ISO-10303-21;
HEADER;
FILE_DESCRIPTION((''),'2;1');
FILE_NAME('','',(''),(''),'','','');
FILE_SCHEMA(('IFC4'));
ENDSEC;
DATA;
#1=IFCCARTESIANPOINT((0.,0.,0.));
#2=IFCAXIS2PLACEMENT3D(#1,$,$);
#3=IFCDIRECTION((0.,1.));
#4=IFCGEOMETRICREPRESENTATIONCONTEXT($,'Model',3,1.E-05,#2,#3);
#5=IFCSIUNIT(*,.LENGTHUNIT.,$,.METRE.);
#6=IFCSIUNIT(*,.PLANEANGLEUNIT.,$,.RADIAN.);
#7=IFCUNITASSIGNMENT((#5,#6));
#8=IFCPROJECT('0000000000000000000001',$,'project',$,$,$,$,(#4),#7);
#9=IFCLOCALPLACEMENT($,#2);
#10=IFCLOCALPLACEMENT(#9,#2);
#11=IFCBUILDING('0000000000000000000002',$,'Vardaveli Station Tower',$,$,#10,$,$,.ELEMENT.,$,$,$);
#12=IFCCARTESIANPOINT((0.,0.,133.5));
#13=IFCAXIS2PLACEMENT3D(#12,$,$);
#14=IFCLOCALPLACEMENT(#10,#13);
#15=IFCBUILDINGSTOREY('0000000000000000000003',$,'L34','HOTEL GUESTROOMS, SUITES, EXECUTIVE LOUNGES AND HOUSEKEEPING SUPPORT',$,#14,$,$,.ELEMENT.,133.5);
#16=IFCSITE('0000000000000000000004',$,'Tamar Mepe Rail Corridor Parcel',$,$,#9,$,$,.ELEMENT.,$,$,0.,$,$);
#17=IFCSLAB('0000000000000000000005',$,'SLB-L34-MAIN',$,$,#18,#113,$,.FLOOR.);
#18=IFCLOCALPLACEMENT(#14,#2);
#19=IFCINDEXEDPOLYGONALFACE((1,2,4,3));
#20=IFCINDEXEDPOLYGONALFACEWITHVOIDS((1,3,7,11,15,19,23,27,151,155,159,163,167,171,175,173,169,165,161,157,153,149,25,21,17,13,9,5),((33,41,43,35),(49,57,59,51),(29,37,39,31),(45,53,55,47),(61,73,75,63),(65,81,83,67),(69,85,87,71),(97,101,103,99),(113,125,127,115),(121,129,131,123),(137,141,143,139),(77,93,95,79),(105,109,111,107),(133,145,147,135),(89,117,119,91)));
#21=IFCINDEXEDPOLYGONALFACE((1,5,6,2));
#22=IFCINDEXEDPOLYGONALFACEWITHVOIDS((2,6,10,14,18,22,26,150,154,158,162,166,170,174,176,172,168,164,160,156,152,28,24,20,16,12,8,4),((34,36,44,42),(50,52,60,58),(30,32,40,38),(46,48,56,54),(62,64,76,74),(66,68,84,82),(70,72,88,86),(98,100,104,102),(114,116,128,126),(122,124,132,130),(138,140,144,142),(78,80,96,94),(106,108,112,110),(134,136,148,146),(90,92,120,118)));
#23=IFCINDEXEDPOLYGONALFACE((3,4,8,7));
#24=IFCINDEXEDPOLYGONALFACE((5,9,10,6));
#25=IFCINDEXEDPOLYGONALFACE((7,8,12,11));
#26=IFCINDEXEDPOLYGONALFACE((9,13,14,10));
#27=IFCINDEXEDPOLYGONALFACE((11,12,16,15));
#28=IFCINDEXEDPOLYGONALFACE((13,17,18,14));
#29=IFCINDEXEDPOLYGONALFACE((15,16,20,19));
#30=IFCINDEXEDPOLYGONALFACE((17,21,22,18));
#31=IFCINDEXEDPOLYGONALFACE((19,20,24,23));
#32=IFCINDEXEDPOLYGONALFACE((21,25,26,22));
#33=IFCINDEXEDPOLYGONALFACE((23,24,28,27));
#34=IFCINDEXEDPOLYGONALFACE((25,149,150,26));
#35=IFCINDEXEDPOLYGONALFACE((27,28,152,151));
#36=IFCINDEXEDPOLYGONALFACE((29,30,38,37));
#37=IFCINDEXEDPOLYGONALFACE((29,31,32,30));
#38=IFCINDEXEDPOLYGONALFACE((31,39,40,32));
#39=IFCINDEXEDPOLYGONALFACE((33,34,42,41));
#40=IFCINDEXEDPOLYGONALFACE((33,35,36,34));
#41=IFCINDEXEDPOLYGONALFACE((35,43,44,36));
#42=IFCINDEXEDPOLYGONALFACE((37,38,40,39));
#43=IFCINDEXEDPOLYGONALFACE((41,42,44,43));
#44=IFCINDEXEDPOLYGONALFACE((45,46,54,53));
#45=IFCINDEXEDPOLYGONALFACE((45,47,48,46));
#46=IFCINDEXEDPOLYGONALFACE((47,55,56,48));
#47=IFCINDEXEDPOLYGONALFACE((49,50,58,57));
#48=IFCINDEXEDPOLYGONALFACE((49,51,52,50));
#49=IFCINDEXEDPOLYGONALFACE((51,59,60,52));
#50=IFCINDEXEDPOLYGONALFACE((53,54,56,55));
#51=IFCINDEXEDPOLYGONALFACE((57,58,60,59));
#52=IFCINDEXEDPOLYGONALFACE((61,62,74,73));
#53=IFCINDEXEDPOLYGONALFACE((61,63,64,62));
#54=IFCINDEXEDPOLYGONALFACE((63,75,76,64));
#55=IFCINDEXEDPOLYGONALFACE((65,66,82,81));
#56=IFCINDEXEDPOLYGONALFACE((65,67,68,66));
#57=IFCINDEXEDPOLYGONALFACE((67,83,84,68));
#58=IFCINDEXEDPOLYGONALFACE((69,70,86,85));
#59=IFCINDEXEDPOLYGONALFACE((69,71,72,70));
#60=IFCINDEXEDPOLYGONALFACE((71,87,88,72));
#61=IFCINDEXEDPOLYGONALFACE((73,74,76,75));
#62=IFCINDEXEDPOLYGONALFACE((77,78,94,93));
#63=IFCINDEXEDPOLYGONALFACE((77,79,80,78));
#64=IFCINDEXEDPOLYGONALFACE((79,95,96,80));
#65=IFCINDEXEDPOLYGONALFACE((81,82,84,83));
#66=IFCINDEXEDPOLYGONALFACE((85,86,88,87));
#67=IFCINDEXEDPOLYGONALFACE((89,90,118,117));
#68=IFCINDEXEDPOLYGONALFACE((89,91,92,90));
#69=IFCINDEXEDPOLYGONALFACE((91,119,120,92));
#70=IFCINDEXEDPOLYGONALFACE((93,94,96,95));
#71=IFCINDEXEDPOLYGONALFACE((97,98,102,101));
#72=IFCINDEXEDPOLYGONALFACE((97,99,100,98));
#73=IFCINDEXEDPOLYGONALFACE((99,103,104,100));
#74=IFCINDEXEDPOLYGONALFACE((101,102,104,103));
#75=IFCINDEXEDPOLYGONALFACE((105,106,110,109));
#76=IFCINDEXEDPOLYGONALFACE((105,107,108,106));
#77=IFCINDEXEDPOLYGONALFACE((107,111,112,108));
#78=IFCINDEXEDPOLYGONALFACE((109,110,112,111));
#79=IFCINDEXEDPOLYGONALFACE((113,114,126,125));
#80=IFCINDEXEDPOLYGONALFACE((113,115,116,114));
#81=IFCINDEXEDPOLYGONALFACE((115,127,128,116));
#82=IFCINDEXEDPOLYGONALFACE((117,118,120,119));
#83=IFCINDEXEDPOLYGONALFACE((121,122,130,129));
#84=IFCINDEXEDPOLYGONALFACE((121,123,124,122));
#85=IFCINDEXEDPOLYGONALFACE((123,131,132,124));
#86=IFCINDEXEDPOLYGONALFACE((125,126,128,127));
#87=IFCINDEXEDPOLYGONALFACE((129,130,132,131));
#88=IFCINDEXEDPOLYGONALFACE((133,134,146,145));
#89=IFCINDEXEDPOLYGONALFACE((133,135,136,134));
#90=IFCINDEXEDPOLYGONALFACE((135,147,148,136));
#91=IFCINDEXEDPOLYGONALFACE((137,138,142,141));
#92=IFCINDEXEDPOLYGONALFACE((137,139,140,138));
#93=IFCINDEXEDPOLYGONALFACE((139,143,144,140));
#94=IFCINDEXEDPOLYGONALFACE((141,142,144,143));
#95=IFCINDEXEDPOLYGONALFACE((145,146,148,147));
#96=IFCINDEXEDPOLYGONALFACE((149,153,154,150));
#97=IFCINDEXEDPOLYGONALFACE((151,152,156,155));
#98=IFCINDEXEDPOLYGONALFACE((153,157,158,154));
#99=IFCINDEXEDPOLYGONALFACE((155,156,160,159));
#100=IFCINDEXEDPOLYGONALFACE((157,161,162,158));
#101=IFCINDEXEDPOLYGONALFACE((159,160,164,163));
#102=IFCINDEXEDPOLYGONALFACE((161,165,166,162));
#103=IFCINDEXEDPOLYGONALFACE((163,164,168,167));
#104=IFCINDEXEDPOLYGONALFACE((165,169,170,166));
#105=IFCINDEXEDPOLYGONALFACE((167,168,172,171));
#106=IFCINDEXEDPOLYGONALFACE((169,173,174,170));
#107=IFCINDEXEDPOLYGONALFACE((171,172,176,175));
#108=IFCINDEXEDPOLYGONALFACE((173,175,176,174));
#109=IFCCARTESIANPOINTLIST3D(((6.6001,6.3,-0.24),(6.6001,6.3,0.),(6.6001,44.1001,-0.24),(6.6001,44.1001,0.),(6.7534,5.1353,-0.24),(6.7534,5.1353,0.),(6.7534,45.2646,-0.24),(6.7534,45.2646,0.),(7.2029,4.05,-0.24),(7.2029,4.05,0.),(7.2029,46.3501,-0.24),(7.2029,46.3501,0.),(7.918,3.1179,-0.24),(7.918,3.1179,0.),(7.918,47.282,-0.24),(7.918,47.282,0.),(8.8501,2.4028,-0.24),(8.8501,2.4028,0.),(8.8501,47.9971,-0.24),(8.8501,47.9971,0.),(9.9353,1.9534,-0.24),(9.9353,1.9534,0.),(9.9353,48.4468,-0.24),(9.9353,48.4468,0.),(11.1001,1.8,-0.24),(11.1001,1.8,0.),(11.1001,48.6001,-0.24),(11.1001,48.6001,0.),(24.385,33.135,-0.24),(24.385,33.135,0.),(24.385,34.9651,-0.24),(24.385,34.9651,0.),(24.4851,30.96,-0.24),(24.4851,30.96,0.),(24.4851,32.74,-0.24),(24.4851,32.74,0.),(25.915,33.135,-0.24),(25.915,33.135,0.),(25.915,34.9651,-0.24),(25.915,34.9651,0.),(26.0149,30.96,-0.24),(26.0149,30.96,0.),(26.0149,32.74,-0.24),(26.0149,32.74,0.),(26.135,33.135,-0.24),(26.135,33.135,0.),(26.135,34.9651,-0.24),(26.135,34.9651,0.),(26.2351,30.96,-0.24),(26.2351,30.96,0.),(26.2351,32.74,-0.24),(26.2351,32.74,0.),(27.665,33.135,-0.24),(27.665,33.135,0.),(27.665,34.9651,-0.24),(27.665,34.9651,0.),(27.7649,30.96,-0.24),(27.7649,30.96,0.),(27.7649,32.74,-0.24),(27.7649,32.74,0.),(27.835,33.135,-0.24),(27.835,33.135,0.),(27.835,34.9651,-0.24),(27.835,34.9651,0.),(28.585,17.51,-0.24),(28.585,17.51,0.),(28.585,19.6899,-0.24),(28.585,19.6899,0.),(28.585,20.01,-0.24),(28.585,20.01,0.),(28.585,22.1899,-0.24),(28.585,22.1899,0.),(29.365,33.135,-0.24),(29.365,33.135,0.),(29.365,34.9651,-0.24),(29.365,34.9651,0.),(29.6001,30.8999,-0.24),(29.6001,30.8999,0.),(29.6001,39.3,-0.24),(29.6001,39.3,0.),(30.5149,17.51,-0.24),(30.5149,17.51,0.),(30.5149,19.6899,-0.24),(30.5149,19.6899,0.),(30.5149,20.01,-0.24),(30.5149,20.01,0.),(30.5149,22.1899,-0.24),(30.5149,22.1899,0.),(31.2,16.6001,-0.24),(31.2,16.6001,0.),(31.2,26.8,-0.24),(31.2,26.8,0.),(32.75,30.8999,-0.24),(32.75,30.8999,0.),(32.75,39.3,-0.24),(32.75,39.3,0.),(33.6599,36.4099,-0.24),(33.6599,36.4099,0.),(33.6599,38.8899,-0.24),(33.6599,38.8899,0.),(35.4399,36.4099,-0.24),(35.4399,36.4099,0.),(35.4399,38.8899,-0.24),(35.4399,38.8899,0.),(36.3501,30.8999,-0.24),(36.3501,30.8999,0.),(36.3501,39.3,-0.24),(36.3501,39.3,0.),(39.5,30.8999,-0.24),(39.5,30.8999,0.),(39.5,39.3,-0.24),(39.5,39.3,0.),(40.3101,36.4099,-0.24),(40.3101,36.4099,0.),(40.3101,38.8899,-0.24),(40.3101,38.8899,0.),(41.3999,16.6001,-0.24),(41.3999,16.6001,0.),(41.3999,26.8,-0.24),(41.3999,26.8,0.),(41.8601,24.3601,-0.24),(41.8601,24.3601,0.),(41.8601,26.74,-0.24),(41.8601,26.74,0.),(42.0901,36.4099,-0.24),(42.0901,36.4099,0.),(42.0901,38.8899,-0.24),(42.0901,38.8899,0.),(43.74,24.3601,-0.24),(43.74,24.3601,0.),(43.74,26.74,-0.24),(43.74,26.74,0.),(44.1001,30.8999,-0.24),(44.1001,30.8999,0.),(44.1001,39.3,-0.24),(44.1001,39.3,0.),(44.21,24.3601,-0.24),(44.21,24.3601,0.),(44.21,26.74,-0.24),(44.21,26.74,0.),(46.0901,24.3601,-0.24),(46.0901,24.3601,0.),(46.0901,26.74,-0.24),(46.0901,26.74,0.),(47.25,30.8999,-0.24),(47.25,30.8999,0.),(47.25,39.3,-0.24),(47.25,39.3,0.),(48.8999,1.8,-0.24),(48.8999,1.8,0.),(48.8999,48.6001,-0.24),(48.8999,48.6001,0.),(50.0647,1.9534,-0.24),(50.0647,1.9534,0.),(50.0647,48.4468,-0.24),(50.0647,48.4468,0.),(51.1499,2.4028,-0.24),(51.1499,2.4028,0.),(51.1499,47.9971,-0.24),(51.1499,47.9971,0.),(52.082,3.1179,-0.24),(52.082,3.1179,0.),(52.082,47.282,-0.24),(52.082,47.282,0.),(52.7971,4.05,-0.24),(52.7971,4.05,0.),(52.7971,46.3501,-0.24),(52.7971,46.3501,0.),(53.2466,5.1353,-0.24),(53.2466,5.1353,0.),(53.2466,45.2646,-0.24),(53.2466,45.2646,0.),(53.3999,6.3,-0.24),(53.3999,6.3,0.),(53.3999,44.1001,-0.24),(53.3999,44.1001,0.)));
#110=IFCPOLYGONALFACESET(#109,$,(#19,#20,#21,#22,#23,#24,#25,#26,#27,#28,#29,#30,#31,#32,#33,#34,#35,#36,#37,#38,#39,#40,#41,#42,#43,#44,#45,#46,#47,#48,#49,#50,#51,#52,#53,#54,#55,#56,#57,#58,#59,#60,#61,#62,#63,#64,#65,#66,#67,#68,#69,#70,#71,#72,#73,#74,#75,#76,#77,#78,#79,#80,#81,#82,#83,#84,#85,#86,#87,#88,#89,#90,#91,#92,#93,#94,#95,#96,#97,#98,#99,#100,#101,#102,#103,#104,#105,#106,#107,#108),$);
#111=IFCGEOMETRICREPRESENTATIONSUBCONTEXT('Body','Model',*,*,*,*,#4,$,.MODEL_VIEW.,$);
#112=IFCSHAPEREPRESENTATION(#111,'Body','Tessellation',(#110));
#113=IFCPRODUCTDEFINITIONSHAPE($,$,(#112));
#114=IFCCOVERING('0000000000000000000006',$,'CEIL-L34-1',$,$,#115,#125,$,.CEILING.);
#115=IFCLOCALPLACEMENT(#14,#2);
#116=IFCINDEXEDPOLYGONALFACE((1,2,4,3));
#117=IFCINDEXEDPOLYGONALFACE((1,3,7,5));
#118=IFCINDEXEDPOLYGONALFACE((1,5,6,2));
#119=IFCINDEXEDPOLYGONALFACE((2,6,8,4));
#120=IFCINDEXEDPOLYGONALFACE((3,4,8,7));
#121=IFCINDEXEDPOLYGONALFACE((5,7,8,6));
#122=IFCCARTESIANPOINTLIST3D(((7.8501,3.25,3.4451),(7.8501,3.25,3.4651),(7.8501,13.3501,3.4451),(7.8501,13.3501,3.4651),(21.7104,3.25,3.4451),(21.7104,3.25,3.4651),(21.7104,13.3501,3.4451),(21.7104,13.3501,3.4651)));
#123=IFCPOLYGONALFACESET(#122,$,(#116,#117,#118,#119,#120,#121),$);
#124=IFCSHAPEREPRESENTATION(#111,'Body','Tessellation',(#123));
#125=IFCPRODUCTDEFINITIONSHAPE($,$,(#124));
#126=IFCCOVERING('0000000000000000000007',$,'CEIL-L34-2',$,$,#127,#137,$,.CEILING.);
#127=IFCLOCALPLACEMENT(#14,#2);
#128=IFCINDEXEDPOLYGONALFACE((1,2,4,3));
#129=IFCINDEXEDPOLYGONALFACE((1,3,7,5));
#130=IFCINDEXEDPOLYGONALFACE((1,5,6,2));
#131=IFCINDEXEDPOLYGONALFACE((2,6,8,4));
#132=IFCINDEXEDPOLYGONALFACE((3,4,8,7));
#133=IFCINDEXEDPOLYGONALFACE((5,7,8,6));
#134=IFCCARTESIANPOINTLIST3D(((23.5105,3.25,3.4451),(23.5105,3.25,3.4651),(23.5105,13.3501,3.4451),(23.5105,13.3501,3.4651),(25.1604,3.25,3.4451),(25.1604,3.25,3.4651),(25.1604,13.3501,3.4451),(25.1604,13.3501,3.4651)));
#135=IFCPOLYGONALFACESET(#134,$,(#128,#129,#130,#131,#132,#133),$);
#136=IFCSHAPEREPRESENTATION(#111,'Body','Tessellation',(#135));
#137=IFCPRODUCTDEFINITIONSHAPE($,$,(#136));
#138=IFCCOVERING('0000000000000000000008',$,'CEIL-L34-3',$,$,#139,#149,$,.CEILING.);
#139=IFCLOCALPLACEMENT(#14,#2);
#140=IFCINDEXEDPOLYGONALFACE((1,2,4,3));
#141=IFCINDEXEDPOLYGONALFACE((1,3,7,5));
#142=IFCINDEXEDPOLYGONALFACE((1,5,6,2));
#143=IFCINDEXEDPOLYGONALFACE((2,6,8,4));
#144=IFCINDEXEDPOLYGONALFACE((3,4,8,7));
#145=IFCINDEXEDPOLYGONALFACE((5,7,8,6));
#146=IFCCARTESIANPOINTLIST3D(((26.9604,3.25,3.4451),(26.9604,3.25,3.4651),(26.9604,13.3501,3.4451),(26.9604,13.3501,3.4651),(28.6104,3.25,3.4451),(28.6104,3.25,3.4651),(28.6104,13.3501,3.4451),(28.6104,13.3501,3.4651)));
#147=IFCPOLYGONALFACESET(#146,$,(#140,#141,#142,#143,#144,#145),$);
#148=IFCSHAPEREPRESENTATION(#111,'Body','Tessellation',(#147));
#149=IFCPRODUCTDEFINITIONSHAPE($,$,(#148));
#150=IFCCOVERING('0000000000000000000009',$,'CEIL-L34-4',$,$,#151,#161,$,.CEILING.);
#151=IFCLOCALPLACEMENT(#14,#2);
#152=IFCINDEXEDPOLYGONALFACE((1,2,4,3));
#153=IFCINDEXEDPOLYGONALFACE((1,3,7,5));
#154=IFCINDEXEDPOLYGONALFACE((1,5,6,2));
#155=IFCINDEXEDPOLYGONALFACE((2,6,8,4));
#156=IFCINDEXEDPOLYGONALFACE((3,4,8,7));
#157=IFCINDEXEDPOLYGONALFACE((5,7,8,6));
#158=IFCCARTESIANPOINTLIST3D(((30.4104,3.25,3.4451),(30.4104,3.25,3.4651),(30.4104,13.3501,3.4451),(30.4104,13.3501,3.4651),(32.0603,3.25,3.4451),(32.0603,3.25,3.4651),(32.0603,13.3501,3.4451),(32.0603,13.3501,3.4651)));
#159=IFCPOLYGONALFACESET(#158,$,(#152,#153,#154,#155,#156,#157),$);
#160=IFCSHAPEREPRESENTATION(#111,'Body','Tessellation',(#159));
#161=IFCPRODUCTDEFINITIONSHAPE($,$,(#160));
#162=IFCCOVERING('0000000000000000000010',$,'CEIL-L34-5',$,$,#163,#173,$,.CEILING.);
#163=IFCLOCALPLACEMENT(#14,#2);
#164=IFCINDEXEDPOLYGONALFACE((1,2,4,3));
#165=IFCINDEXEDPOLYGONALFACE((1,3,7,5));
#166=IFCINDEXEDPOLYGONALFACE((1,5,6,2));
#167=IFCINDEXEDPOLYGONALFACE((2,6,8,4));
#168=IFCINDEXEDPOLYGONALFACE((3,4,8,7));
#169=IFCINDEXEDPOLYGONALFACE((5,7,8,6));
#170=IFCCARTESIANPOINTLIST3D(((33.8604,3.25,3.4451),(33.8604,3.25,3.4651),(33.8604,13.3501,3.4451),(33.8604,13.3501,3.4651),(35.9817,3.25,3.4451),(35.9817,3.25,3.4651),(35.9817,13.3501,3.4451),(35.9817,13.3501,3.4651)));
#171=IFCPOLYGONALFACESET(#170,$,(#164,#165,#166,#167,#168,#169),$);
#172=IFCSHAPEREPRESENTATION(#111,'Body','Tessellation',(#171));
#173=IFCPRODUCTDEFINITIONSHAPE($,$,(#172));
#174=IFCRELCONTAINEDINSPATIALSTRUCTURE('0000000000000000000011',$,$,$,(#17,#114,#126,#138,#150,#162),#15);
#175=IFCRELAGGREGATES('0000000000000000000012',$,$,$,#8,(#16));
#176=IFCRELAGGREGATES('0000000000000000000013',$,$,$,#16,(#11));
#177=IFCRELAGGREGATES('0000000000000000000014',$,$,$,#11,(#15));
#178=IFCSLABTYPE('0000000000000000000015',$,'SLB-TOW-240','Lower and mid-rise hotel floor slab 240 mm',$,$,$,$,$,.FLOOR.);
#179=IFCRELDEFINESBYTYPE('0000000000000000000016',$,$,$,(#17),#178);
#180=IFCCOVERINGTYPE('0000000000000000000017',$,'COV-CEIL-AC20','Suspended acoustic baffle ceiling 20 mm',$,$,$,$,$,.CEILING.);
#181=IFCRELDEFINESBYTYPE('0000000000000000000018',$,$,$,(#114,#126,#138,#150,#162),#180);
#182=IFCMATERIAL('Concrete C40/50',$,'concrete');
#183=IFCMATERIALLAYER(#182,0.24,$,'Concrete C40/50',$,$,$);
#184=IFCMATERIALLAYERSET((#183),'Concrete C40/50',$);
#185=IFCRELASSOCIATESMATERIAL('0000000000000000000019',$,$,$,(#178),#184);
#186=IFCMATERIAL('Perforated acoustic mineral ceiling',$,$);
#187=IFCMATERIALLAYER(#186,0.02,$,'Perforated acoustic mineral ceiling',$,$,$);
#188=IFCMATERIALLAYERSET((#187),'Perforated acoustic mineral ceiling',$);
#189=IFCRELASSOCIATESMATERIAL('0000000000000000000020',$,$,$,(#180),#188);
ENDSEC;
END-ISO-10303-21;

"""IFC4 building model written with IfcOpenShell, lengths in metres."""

from ifc_helpers import new_model, si_unit, direction, frame, origin, place, context, subcontext, project, spatial, polyline, outline, extrude, material, layer, layer_set, type_object, element, save


model = new_model("IFC4")

# Units and contexts
model_context = context("Model", 3, precision=1e-05, world=origin(), true_north=direction((0.0, 1.0)))
body_context = subcontext(model_context, "Body", "Model", "MODEL_VIEW")
ifc_project = project(units=[si_unit("LENGTHUNIT", "METRE"), si_unit("PLANEANGLEUNIT", "RADIAN")], contexts=[model_context])

# Site, building, storey
site_placement = place(None, origin())
site = spatial("IfcSite", under=ifc_project, at=site_placement, Name="Tamar Mepe Rail Corridor Parcel", CompositionType="ELEMENT", RefElevation=0.0)
building_placement = place(site_placement, origin())
building = spatial("IfcBuilding", under=site, at=building_placement, Name="Vardaveli Station Tower", CompositionType="ELEMENT")
storey_placement = place(building_placement, frame((0.0, 0.0, 133.5)))
storey = spatial("IfcBuildingStorey", under=building, at=storey_placement, Name="L34", Description="HOTEL GUESTROOMS, SUITES, EXECUTIVE LOUNGES AND HOUSEKEEPING SUPPORT", CompositionType="ELEMENT", Elevation=133.5)

# Shared definitions
ifc_material_1 = material(Name="Concrete C40/50", Category="concrete")

# Slab
ifc_layer_1 = layer(ifc_material_1, 0.24, Name="Concrete C40/50")
ifc_layer_set_1 = layer_set([ifc_layer_1], Name="Concrete C40/50")
slab_type_1 = type_object("IfcSlabType", Name="SLB-TOW-240", Description="Lower and mid-rise hotel floor slab 240 mm", PredefinedType="FLOOR", material=ifc_layer_set_1)
slab_1_placement = place(storey_placement, frame((0.0, 0.0, -0.24)))
element("IfcSlab", 1, at=slab_1_placement, inside=storey, type_object=slab_type_1, Name="SLB-L34-MAIN", PredefinedType="FLOOR", context=body_context, shape_type="SweptSolid", body=[
    extrude(outline(polyline([(6.6001, 6.3), (6.7534, 5.1353), (7.2029, 4.05), (7.918, 3.1179), (8.8501, 2.4028), (9.9353, 1.9534), (11.1001, 1.8), (48.8999, 1.8), (50.0647, 1.9534), (51.1499, 2.4028), (52.082, 3.1179), (52.7971, 4.05), (53.2466, 5.1353), (53.3999, 6.3), (53.3999, 44.1001), (53.2466, 45.2646), (52.7971, 46.3501), (52.082, 47.282), (51.1499, 47.9971), (50.0647, 48.4468), (48.8999, 48.6001), (11.1001, 48.6001), (9.9353, 48.4468), (8.8501, 47.9971), (7.918, 47.282), (7.2029, 46.3501), (6.7534, 45.2646), (6.6001, 44.1001), (6.6001, 6.3)]), holes=[polyline([(31.2, 16.6001), (41.3999, 16.6001), (41.3999, 26.8), (31.2, 26.8), (31.2, 16.6001)]), polyline([(32.75, 30.8999), (32.75, 39.3), (29.6001, 39.3), (29.6001, 30.8999), (32.75, 30.8999)]), polyline([(39.5, 30.8999), (39.5, 39.3), (36.3501, 39.3), (36.3501, 30.8999), (39.5, 30.8999)]), polyline([(47.25, 30.8999), (47.25, 39.3), (44.1001, 39.3), (44.1001, 30.8999), (47.25, 30.8999)]), polyline([(24.385, 33.135), (25.915, 33.135), (25.915, 34.9651), (24.385, 34.9651), (24.385, 33.135)]), polyline([(26.135, 33.135), (27.665, 33.135), (27.665, 34.9651), (26.135, 34.9651), (26.135, 33.135)]), polyline([(27.835, 33.135), (29.365, 33.135), (29.365, 34.9651), (27.835, 34.9651), (27.835, 33.135)]), polyline([(33.6599, 36.4099), (35.4399, 36.4099), (35.4399, 38.8899), (33.6599, 38.8899), (33.6599, 36.4099)]), polyline([(40.3101, 36.4099), (42.0901, 36.4099), (42.0901, 38.8899), (40.3101, 38.8899), (40.3101, 36.4099)]), polyline([(24.4851, 30.96), (26.0149, 30.96), (26.0149, 32.74), (24.4851, 32.74), (24.4851, 30.96)]), polyline([(26.2351, 30.96), (27.7649, 30.96), (27.7649, 32.74), (26.2351, 32.74), (26.2351, 30.96)]), polyline([(28.585, 17.51), (30.5149, 17.51), (30.5149, 19.6899), (28.585, 19.6899), (28.585, 17.51)]), polyline([(28.585, 20.01), (30.5149, 20.01), (30.5149, 22.1899), (28.585, 22.1899), (28.585, 20.01)]), polyline([(41.8601, 24.3601), (43.74, 24.3601), (43.74, 26.74), (41.8601, 26.74), (41.8601, 24.3601)]), polyline([(44.21, 24.3601), (46.0901, 24.3601), (46.0901, 26.74), (44.21, 26.74), (44.21, 24.3601)])]), origin(), (0.0, 0.0, 1.0), 0.24),
])

# Coverings
ifc_material_2 = material(Name="Perforated acoustic mineral ceiling")
ifc_layer_2 = layer(ifc_material_2, 0.02, Name="Perforated acoustic mineral ceiling")
ifc_layer_set_2 = layer_set([ifc_layer_2], Name="Perforated acoustic mineral ceiling")
covering_type_1 = type_object("IfcCoveringType", Name="COV-CEIL-AC20", Description="Suspended acoustic baffle ceiling 20 mm", PredefinedType="CEILING", material=ifc_layer_set_2)
covering_1_placement = place(storey_placement, frame((0.0, 0.0, 3.4451)))
element("IfcCovering", 2, at=covering_1_placement, inside=storey, type_object=covering_type_1, Name="CEIL-L34-1", PredefinedType="CEILING", context=body_context, shape_type="SweptSolid", body=[
    extrude(outline(polyline([(7.8501, 3.25), (21.7104, 3.25), (21.7104, 13.3501), (7.8501, 13.3501), (7.8501, 3.25)])), origin(), (0.0, 0.0, 1.0), 0.02),
])
covering_2_placement = place(storey_placement, frame((0.0, 0.0, 3.4451)))
element("IfcCovering", 3, at=covering_2_placement, inside=storey, type_object=covering_type_1, Name="CEIL-L34-2", PredefinedType="CEILING", context=body_context, shape_type="SweptSolid", body=[
    extrude(outline(polyline([(23.5105, 3.25), (25.1604, 3.25), (25.1604, 13.3501), (23.5105, 13.3501), (23.5105, 3.25)])), origin(), (0.0, 0.0, 1.0), 0.02),
])
covering_3_placement = place(storey_placement, frame((0.0, 0.0, 3.4451)))
element("IfcCovering", 4, at=covering_3_placement, inside=storey, type_object=covering_type_1, Name="CEIL-L34-3", PredefinedType="CEILING", context=body_context, shape_type="SweptSolid", body=[
    extrude(outline(polyline([(26.9604, 3.25), (28.6104, 3.25), (28.6104, 13.3501), (26.9604, 13.3501), (26.9604, 3.25)])), origin(), (0.0, 0.0, 1.0), 0.02),
])
covering_4_placement = place(storey_placement, frame((0.0, 0.0, 3.4451)))
element("IfcCovering", 5, at=covering_4_placement, inside=storey, type_object=covering_type_1, Name="CEIL-L34-4", PredefinedType="CEILING", context=body_context, shape_type="SweptSolid", body=[
    extrude(outline(polyline([(30.4104, 3.25), (32.0603, 3.25), (32.0603, 13.3501), (30.4104, 13.3501), (30.4104, 3.25)])), origin(), (0.0, 0.0, 1.0), 0.02),
])
covering_5_placement = place(storey_placement, frame((0.0, 0.0, 3.4451)))
element("IfcCovering", 6, at=covering_5_placement, inside=storey, type_object=covering_type_1, Name="CEIL-L34-5", PredefinedType="CEILING", context=body_context, shape_type="SweptSolid", body=[
    extrude(outline(polyline([(33.8604, 3.25), (35.9817, 3.25), (35.9817, 13.3501), (33.8604, 13.3501), (33.8604, 3.25)])), origin(), (0.0, 0.0, 1.0), 0.02),
])

save(model, "model.ifc")
